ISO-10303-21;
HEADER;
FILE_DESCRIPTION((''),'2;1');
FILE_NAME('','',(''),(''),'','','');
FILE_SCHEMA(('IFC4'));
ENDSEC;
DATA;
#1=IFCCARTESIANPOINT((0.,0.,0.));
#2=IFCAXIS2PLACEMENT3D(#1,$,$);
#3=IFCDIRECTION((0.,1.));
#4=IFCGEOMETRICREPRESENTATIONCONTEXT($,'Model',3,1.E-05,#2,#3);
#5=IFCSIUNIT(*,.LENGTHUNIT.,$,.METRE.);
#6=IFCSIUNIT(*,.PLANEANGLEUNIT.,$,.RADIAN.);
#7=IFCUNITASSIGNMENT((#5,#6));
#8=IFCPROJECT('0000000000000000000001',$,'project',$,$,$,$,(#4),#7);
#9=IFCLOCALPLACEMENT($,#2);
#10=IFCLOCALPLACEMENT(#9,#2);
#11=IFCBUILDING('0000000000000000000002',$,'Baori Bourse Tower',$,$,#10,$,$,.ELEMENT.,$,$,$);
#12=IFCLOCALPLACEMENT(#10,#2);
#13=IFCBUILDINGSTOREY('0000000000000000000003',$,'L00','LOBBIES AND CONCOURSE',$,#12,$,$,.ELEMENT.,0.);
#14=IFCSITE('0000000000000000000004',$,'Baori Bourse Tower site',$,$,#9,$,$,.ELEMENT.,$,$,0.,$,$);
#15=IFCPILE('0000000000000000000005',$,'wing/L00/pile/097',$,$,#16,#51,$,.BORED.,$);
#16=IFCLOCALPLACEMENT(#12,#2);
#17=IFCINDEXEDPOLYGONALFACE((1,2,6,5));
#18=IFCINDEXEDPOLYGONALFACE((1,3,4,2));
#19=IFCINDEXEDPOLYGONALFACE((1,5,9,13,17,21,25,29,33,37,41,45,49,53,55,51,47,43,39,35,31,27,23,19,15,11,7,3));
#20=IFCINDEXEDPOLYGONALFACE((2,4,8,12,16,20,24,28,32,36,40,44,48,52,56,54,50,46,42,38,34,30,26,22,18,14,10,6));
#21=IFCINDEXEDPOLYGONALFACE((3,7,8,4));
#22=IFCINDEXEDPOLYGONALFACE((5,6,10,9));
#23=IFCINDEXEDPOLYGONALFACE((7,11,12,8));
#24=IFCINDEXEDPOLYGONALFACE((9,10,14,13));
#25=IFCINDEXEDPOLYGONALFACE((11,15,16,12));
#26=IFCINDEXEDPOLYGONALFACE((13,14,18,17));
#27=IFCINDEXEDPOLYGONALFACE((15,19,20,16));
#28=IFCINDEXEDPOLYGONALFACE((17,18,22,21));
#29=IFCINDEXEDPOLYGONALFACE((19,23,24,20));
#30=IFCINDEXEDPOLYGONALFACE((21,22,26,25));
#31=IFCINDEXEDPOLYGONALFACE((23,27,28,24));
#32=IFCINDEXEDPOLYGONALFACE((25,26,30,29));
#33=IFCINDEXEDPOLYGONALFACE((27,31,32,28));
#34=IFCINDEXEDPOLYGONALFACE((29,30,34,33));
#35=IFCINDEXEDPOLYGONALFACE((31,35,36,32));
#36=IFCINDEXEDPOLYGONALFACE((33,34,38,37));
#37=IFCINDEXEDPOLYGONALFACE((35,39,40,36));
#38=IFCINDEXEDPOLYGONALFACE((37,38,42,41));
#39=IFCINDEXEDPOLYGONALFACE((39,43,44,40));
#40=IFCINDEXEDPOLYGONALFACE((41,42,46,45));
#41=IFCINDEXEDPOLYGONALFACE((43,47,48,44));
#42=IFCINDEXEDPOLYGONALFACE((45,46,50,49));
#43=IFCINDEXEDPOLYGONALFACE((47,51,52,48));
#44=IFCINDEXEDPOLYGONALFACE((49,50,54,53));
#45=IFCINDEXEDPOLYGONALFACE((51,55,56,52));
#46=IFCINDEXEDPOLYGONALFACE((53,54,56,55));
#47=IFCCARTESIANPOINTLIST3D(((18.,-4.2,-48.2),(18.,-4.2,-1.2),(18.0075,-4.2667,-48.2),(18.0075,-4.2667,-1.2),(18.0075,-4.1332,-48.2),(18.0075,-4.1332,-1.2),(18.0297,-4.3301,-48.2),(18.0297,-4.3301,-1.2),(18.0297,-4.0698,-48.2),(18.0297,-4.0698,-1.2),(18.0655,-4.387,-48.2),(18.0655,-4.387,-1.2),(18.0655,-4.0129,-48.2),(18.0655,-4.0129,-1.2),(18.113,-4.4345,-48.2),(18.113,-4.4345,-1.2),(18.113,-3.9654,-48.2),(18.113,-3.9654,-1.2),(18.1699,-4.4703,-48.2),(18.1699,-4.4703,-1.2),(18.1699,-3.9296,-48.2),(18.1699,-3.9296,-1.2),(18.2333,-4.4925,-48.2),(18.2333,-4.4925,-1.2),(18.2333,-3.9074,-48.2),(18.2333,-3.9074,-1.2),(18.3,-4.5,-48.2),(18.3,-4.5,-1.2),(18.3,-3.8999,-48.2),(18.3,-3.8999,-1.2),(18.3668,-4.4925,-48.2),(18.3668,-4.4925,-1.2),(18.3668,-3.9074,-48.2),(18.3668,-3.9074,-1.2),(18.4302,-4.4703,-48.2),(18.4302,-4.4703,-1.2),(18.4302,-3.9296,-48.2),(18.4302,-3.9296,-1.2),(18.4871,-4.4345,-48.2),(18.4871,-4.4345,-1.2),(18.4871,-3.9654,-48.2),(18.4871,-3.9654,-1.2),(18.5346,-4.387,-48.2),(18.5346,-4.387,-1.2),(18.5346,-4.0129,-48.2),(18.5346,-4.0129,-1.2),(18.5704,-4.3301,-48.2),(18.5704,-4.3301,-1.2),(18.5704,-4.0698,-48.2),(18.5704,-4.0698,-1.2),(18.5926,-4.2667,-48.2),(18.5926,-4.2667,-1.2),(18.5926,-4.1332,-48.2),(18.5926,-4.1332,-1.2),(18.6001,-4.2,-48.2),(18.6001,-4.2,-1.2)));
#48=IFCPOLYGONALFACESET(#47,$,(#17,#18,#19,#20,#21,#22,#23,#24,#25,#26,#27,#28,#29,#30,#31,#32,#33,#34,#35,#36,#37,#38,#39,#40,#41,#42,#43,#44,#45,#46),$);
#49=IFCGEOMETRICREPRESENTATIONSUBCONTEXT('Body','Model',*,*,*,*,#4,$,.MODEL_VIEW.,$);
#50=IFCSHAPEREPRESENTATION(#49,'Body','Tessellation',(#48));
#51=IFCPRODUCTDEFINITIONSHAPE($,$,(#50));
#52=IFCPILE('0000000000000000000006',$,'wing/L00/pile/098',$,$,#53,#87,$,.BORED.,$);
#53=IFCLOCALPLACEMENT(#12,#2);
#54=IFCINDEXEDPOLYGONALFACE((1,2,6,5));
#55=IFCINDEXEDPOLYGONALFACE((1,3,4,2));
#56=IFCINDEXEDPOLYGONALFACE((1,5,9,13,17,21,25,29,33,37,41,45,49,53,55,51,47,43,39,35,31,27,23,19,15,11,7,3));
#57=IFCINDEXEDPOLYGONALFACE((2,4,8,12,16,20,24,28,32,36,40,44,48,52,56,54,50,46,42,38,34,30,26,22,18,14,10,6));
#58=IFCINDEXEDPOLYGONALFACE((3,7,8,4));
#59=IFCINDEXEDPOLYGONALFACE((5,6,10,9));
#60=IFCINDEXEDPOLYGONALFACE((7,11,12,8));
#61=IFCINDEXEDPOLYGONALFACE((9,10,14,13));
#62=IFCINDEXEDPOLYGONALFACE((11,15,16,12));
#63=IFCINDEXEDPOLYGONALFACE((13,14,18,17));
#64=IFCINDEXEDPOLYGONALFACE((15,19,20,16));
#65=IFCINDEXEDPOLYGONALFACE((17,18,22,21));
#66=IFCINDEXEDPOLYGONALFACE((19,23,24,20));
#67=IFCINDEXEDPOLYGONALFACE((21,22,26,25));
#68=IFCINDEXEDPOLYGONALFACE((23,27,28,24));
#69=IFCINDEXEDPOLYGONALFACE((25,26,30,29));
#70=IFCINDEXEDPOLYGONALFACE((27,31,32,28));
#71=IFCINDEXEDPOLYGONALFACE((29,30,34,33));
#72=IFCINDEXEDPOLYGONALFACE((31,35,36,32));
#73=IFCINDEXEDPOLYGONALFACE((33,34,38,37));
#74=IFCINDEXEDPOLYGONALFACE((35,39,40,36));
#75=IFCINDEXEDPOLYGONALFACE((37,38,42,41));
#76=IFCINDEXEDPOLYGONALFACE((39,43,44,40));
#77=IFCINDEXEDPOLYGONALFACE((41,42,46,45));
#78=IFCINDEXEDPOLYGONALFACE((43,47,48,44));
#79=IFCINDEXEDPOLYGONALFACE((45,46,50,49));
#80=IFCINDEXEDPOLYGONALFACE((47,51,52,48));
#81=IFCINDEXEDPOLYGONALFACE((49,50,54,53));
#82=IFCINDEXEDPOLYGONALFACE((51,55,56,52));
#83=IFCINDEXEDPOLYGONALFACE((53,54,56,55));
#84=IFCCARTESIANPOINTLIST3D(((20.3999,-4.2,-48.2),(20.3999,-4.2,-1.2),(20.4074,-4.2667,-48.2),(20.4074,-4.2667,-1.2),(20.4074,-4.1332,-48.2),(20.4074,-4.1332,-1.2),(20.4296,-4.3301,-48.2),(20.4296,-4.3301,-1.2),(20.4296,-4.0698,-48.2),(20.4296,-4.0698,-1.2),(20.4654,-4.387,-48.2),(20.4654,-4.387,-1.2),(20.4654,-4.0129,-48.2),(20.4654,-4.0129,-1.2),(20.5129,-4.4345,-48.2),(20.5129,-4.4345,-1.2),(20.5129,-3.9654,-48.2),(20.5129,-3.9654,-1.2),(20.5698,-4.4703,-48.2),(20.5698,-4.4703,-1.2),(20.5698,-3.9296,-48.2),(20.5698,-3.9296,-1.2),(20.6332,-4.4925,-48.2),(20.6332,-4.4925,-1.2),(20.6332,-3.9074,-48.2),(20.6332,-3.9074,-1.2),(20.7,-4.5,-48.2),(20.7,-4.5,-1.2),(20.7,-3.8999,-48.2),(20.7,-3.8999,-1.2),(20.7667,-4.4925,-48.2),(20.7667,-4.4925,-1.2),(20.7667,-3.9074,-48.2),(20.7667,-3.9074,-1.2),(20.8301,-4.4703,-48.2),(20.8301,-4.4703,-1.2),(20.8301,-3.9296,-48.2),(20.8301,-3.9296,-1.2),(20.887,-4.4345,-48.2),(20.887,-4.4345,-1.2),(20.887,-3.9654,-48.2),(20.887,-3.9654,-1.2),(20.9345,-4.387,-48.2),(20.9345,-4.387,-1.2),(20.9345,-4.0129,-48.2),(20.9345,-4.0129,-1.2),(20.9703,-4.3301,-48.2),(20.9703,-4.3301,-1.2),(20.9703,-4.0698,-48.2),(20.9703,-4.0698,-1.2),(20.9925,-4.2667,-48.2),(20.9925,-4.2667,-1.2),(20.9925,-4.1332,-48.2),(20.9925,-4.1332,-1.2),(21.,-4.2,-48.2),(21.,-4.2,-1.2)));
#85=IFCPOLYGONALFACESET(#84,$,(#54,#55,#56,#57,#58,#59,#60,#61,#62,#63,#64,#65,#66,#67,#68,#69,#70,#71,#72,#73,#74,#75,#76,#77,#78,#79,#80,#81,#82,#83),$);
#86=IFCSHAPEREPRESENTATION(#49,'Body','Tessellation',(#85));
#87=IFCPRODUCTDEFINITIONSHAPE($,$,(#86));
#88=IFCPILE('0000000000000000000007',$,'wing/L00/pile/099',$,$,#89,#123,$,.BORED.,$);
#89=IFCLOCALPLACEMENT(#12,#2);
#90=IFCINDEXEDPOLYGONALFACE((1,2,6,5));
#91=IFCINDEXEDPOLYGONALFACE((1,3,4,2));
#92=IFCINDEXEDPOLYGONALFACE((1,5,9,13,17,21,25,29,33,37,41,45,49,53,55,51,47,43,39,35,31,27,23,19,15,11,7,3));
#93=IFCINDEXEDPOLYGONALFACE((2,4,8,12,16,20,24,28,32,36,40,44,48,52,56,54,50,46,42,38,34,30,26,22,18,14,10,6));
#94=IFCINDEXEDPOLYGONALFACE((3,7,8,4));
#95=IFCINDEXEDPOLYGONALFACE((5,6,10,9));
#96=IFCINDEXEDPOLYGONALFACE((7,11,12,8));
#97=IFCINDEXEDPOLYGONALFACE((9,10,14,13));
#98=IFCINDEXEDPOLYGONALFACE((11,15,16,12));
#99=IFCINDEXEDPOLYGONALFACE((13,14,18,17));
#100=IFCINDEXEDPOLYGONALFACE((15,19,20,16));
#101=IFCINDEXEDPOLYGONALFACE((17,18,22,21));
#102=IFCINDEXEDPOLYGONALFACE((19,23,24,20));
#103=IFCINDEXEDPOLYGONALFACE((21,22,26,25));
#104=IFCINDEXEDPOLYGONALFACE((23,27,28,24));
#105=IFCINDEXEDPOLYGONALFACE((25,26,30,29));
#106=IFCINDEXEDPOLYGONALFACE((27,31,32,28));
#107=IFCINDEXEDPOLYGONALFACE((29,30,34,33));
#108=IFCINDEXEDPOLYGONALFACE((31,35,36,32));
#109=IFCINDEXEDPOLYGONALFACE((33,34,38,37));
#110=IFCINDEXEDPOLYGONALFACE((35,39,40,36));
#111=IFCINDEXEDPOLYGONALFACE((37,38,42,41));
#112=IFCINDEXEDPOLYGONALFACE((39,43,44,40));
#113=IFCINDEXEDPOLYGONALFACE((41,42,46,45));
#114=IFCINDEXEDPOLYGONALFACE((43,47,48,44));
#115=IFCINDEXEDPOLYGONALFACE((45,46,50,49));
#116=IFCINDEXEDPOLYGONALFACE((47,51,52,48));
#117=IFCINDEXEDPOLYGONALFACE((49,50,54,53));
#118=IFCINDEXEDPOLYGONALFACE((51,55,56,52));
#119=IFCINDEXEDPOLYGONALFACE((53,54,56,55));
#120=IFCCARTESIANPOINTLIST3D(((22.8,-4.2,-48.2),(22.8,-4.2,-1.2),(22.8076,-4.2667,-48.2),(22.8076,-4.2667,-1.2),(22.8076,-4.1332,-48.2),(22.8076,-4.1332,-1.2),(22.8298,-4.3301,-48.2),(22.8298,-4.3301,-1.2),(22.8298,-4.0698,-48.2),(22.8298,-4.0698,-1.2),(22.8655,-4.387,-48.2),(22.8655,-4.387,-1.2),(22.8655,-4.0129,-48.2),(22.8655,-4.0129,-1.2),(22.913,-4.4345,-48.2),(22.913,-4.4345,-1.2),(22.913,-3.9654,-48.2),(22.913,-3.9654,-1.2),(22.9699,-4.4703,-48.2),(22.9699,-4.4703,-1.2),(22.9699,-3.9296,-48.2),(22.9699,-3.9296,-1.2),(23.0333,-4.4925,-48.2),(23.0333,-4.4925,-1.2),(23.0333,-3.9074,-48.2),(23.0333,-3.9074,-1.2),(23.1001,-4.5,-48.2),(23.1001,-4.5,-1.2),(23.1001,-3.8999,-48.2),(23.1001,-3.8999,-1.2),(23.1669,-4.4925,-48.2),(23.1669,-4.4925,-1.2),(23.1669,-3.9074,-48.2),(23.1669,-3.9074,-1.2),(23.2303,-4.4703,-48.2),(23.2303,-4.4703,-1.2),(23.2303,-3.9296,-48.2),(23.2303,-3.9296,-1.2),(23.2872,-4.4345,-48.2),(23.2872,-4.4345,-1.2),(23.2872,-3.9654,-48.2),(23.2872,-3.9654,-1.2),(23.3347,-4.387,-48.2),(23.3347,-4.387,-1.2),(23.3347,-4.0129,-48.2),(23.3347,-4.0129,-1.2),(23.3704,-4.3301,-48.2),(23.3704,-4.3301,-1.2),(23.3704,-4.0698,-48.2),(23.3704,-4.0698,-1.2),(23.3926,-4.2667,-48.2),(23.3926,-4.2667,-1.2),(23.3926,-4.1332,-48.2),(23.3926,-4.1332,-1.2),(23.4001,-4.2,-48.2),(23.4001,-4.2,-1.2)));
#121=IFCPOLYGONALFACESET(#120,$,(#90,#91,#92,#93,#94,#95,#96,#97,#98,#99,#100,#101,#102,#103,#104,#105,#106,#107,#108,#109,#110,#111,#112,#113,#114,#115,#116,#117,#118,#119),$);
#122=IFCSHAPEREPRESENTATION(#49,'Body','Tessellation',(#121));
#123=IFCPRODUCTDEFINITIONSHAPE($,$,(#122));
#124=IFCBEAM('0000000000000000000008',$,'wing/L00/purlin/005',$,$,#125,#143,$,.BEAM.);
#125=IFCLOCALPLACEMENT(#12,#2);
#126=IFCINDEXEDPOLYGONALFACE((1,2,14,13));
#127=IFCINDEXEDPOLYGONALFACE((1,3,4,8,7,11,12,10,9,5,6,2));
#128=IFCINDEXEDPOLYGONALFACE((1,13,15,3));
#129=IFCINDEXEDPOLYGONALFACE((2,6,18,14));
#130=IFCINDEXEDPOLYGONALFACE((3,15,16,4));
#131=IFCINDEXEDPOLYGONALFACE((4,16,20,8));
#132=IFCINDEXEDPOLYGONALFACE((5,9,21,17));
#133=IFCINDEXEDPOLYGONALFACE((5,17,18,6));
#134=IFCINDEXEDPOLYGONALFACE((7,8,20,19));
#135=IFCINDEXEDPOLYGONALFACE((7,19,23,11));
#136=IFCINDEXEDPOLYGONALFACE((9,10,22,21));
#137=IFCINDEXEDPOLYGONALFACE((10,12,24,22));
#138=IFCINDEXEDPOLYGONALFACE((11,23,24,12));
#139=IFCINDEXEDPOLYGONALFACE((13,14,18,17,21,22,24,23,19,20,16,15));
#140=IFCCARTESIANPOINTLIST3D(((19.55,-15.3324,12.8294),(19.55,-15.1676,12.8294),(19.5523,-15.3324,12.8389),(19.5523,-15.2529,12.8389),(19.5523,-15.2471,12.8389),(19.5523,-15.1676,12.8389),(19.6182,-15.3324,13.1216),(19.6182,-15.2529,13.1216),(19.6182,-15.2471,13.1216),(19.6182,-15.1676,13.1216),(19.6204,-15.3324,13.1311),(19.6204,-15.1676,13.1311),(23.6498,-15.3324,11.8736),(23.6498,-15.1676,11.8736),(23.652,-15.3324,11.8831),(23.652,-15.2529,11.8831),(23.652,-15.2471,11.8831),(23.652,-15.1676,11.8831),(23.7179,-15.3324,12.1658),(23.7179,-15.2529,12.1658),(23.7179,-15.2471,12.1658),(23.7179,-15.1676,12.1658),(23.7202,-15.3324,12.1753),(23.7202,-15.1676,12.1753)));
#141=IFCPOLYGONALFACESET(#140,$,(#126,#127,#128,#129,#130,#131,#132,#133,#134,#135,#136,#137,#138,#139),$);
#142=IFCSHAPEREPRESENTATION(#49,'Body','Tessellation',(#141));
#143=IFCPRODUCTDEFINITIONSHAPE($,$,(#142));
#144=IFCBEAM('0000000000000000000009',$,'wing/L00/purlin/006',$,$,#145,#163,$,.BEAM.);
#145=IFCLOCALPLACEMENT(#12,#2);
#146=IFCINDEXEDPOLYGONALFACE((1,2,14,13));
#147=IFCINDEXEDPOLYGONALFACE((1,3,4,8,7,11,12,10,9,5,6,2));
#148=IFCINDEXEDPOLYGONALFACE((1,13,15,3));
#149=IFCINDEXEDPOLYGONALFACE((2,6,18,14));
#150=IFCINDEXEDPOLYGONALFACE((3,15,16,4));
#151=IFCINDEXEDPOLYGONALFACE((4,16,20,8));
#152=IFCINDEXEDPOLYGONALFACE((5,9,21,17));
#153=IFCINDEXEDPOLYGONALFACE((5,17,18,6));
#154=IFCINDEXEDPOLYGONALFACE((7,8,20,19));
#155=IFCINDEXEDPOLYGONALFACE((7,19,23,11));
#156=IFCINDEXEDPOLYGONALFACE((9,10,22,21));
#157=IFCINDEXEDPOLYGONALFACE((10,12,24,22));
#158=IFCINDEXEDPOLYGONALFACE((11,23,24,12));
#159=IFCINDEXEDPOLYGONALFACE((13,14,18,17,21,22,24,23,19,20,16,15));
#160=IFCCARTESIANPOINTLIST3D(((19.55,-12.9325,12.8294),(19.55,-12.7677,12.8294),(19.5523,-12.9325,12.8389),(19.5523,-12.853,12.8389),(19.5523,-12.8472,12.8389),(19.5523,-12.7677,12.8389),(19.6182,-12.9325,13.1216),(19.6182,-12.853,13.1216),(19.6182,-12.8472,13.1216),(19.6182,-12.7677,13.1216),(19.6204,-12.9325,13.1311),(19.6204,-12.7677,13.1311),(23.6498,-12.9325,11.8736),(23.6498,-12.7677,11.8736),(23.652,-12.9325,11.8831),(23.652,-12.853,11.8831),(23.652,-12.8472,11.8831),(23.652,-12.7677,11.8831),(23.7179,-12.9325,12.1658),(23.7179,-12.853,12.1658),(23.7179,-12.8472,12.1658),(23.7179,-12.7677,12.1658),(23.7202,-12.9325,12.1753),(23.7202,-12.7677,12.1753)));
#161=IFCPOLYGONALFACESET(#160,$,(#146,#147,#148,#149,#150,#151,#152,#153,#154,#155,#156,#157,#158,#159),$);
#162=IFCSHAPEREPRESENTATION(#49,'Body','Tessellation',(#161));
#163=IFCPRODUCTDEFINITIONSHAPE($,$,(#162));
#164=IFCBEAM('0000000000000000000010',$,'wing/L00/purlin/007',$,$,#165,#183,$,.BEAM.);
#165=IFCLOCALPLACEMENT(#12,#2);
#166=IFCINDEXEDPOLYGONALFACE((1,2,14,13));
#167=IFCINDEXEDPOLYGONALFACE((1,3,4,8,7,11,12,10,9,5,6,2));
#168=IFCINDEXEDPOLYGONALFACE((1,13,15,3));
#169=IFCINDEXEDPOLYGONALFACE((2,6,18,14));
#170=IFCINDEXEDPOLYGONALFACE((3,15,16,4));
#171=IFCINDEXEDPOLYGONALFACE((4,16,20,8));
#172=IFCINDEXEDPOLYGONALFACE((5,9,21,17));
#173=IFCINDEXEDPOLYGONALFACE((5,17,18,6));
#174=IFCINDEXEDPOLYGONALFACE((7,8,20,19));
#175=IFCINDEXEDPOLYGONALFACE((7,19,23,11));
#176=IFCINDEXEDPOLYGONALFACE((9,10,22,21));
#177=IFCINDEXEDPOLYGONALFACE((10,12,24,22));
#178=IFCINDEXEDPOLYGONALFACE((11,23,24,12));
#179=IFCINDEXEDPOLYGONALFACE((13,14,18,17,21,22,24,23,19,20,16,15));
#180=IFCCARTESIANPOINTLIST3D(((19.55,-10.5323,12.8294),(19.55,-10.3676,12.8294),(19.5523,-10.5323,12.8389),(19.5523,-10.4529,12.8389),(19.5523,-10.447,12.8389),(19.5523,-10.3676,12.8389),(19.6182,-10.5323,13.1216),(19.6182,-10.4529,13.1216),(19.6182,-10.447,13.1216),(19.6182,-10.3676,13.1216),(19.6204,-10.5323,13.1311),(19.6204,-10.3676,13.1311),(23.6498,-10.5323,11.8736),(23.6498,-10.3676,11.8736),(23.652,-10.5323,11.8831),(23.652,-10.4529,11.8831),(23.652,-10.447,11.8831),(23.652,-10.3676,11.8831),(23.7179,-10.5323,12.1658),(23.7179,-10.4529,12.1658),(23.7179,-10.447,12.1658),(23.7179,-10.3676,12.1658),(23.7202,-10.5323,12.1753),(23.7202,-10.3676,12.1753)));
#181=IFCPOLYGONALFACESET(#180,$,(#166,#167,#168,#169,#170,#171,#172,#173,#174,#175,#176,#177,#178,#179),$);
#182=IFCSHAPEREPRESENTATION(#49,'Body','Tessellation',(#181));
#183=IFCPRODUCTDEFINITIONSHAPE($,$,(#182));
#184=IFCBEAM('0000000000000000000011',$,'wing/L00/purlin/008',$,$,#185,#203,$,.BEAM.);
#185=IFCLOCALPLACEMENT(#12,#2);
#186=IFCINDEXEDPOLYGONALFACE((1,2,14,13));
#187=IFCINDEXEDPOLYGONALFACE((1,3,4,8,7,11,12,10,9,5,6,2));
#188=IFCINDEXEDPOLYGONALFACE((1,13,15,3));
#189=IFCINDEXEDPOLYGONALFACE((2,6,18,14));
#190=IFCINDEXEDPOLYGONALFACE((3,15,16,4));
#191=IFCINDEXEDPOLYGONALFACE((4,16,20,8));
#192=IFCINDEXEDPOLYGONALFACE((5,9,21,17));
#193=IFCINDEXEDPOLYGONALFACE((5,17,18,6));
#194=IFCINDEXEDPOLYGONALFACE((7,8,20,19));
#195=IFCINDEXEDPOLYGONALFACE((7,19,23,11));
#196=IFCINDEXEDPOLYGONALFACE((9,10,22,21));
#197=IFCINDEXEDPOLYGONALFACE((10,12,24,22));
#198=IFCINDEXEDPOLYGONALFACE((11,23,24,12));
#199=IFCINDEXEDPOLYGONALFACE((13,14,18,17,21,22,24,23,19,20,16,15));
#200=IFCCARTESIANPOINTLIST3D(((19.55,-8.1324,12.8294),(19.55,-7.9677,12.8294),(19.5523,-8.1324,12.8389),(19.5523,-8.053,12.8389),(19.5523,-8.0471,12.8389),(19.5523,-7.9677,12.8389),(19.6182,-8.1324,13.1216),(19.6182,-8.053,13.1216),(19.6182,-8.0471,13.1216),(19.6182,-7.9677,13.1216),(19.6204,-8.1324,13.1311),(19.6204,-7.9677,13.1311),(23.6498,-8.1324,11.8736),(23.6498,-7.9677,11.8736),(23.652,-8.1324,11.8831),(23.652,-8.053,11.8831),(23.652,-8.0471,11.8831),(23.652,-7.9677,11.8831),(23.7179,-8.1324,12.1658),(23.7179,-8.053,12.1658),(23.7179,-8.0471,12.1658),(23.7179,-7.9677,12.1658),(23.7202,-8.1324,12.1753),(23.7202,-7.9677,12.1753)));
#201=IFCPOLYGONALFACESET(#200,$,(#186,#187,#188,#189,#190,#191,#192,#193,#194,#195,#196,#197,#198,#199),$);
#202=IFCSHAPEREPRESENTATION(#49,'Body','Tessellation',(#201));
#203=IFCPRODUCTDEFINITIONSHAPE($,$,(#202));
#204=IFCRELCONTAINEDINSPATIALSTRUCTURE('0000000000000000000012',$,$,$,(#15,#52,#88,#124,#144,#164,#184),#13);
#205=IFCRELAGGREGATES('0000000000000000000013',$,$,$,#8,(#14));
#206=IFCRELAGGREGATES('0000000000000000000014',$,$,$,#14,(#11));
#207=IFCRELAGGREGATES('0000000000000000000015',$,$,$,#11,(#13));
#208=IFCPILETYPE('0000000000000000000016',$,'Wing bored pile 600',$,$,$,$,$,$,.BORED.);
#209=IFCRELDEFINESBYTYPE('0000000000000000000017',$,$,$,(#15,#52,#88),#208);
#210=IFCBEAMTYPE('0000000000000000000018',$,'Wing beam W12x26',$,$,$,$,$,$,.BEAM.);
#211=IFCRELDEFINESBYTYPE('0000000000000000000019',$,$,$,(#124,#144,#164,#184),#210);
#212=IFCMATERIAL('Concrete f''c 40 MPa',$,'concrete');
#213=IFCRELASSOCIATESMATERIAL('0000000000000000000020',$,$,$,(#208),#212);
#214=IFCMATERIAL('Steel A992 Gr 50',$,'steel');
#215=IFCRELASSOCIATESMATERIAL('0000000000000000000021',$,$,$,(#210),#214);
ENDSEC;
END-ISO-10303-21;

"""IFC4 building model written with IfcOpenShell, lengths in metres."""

from ifc_helpers import new_model, si_unit, direction, frame, origin, origin_2d, place, context, subcontext, project, spatial, circle, i_section, extrude, material, material_profile, profile_set, type_object, element, save


model = new_model("IFC4")

# Units and contexts
model_context = context("Model", 3, precision=1e-05, world=origin(), true_north=direction((0.0, 1.0)))
body_context = subcontext(model_context, "Body", "Model", "MODEL_VIEW")
ifc_project = project(units=[si_unit("LENGTHUNIT", "METRE"), si_unit("PLANEANGLEUNIT", "RADIAN")], contexts=[model_context])

# Site, building, storey
site_placement = place(None, origin())
site = spatial("IfcSite", under=ifc_project, at=site_placement, Name="Baori Bourse Tower site", CompositionType="ELEMENT", RefElevation=0.0)
building_placement = place(site_placement, origin())
building = spatial("IfcBuilding", under=site, at=building_placement, Name="Baori Bourse Tower", CompositionType="ELEMENT")
storey_placement = place(building_placement, origin())
storey = spatial("IfcBuildingStorey", under=building, at=storey_placement, Name="L00", Description="LOBBIES AND CONCOURSE", CompositionType="ELEMENT", Elevation=0.0)

# Piles
ifc_material_1 = material(Name="Concrete f'c 40 MPa", Category="concrete")
ifc_material_profile_1 = material_profile(ifc_material_1, circle(Radius=0.3, at=origin_2d()), Name="Wing bored pile 600")
ifc_profile_set_1 = profile_set([ifc_material_profile_1], Name="Concrete f'c 40 MPa")
pile_type = type_object("IfcPileType", Name="Wing bored pile 600", PredefinedType="BORED", material=ifc_profile_set_1)
for number, where, z_axis, x_axis, name in (
    (1, (18.3, -4.2, -1.2), (0.0, 0.0, -1.0), (1.0, 0.0, 0.0), "wing/L00/pile/097"),
    (2, (20.7, -4.2, -1.2), (0.0, 0.0, -1.0), (1.0, 0.0, 0.0), "wing/L00/pile/098"),
    (3, (23.1001, -4.2, -1.2), (0.0, 0.0, -1.0), (1.0, 0.0, 0.0), "wing/L00/pile/099"),
):
    element("IfcPile", number, at=place(storey_placement, frame(where, z_axis=z_axis, x_axis=x_axis)), inside=storey, type_object=pile_type, Name=name, PredefinedType="BORED", context=body_context, shape_type="SweptSolid", body=[
        extrude(circle(Radius=0.3, at=origin_2d()), origin(), (0.0, 0.0, 1.0), 47.0),
    ])

# Beams
ifc_material_2 = material(Name="Steel A992 Gr 50", Category="steel")
ifc_material_profile_2 = material_profile(ifc_material_2, i_section(OverallWidth=0.1648, OverallDepth=0.3098, WebThickness=0.0059, FlangeThickness=0.0098, at=origin_2d()), Name="W12x26")
ifc_profile_set_2 = profile_set([ifc_material_profile_2], Name="Steel A992 Gr 50")
beam_type = type_object("IfcBeamType", Name="Wing beam W12x26", PredefinedType="BEAM", material=ifc_profile_set_2)
for number, where, z_axis, x_axis, name in (
    (4, (19.5852, -15.25, 12.9802), (0.973884, 0.0, -0.227044), (0.0, 1.0, 0.0), "wing/L00/purlin/005"),
    (5, (19.5852, -12.8501, 12.9802), (0.973884, 0.0, -0.227044), (0.0, 1.0, 0.0), "wing/L00/purlin/006"),
    (6, (19.5852, -10.45, 12.9802), (0.973884, 0.0, -0.227044), (0.0, 1.0, 0.0), "wing/L00/purlin/007"),
    (7, (19.5852, -8.05, 12.9802), (0.973884, 0.0, -0.227044), (0.0, 1.0, 0.0), "wing/L00/purlin/008"),
):
    element("IfcBeam", number, at=place(storey_placement, frame(where, z_axis=z_axis, x_axis=x_axis)), inside=storey, type_object=beam_type, Name=name, PredefinedType="BEAM", context=body_context, shape_type="SweptSolid", body=[
        extrude(i_section(OverallWidth=0.1648, OverallDepth=0.3098, WebThickness=0.0059, FlangeThickness=0.0098, at=origin_2d()), origin(), (0.0, 0.0, 1.0), 4.2097),
    ])

save(model, "model.ifc")
